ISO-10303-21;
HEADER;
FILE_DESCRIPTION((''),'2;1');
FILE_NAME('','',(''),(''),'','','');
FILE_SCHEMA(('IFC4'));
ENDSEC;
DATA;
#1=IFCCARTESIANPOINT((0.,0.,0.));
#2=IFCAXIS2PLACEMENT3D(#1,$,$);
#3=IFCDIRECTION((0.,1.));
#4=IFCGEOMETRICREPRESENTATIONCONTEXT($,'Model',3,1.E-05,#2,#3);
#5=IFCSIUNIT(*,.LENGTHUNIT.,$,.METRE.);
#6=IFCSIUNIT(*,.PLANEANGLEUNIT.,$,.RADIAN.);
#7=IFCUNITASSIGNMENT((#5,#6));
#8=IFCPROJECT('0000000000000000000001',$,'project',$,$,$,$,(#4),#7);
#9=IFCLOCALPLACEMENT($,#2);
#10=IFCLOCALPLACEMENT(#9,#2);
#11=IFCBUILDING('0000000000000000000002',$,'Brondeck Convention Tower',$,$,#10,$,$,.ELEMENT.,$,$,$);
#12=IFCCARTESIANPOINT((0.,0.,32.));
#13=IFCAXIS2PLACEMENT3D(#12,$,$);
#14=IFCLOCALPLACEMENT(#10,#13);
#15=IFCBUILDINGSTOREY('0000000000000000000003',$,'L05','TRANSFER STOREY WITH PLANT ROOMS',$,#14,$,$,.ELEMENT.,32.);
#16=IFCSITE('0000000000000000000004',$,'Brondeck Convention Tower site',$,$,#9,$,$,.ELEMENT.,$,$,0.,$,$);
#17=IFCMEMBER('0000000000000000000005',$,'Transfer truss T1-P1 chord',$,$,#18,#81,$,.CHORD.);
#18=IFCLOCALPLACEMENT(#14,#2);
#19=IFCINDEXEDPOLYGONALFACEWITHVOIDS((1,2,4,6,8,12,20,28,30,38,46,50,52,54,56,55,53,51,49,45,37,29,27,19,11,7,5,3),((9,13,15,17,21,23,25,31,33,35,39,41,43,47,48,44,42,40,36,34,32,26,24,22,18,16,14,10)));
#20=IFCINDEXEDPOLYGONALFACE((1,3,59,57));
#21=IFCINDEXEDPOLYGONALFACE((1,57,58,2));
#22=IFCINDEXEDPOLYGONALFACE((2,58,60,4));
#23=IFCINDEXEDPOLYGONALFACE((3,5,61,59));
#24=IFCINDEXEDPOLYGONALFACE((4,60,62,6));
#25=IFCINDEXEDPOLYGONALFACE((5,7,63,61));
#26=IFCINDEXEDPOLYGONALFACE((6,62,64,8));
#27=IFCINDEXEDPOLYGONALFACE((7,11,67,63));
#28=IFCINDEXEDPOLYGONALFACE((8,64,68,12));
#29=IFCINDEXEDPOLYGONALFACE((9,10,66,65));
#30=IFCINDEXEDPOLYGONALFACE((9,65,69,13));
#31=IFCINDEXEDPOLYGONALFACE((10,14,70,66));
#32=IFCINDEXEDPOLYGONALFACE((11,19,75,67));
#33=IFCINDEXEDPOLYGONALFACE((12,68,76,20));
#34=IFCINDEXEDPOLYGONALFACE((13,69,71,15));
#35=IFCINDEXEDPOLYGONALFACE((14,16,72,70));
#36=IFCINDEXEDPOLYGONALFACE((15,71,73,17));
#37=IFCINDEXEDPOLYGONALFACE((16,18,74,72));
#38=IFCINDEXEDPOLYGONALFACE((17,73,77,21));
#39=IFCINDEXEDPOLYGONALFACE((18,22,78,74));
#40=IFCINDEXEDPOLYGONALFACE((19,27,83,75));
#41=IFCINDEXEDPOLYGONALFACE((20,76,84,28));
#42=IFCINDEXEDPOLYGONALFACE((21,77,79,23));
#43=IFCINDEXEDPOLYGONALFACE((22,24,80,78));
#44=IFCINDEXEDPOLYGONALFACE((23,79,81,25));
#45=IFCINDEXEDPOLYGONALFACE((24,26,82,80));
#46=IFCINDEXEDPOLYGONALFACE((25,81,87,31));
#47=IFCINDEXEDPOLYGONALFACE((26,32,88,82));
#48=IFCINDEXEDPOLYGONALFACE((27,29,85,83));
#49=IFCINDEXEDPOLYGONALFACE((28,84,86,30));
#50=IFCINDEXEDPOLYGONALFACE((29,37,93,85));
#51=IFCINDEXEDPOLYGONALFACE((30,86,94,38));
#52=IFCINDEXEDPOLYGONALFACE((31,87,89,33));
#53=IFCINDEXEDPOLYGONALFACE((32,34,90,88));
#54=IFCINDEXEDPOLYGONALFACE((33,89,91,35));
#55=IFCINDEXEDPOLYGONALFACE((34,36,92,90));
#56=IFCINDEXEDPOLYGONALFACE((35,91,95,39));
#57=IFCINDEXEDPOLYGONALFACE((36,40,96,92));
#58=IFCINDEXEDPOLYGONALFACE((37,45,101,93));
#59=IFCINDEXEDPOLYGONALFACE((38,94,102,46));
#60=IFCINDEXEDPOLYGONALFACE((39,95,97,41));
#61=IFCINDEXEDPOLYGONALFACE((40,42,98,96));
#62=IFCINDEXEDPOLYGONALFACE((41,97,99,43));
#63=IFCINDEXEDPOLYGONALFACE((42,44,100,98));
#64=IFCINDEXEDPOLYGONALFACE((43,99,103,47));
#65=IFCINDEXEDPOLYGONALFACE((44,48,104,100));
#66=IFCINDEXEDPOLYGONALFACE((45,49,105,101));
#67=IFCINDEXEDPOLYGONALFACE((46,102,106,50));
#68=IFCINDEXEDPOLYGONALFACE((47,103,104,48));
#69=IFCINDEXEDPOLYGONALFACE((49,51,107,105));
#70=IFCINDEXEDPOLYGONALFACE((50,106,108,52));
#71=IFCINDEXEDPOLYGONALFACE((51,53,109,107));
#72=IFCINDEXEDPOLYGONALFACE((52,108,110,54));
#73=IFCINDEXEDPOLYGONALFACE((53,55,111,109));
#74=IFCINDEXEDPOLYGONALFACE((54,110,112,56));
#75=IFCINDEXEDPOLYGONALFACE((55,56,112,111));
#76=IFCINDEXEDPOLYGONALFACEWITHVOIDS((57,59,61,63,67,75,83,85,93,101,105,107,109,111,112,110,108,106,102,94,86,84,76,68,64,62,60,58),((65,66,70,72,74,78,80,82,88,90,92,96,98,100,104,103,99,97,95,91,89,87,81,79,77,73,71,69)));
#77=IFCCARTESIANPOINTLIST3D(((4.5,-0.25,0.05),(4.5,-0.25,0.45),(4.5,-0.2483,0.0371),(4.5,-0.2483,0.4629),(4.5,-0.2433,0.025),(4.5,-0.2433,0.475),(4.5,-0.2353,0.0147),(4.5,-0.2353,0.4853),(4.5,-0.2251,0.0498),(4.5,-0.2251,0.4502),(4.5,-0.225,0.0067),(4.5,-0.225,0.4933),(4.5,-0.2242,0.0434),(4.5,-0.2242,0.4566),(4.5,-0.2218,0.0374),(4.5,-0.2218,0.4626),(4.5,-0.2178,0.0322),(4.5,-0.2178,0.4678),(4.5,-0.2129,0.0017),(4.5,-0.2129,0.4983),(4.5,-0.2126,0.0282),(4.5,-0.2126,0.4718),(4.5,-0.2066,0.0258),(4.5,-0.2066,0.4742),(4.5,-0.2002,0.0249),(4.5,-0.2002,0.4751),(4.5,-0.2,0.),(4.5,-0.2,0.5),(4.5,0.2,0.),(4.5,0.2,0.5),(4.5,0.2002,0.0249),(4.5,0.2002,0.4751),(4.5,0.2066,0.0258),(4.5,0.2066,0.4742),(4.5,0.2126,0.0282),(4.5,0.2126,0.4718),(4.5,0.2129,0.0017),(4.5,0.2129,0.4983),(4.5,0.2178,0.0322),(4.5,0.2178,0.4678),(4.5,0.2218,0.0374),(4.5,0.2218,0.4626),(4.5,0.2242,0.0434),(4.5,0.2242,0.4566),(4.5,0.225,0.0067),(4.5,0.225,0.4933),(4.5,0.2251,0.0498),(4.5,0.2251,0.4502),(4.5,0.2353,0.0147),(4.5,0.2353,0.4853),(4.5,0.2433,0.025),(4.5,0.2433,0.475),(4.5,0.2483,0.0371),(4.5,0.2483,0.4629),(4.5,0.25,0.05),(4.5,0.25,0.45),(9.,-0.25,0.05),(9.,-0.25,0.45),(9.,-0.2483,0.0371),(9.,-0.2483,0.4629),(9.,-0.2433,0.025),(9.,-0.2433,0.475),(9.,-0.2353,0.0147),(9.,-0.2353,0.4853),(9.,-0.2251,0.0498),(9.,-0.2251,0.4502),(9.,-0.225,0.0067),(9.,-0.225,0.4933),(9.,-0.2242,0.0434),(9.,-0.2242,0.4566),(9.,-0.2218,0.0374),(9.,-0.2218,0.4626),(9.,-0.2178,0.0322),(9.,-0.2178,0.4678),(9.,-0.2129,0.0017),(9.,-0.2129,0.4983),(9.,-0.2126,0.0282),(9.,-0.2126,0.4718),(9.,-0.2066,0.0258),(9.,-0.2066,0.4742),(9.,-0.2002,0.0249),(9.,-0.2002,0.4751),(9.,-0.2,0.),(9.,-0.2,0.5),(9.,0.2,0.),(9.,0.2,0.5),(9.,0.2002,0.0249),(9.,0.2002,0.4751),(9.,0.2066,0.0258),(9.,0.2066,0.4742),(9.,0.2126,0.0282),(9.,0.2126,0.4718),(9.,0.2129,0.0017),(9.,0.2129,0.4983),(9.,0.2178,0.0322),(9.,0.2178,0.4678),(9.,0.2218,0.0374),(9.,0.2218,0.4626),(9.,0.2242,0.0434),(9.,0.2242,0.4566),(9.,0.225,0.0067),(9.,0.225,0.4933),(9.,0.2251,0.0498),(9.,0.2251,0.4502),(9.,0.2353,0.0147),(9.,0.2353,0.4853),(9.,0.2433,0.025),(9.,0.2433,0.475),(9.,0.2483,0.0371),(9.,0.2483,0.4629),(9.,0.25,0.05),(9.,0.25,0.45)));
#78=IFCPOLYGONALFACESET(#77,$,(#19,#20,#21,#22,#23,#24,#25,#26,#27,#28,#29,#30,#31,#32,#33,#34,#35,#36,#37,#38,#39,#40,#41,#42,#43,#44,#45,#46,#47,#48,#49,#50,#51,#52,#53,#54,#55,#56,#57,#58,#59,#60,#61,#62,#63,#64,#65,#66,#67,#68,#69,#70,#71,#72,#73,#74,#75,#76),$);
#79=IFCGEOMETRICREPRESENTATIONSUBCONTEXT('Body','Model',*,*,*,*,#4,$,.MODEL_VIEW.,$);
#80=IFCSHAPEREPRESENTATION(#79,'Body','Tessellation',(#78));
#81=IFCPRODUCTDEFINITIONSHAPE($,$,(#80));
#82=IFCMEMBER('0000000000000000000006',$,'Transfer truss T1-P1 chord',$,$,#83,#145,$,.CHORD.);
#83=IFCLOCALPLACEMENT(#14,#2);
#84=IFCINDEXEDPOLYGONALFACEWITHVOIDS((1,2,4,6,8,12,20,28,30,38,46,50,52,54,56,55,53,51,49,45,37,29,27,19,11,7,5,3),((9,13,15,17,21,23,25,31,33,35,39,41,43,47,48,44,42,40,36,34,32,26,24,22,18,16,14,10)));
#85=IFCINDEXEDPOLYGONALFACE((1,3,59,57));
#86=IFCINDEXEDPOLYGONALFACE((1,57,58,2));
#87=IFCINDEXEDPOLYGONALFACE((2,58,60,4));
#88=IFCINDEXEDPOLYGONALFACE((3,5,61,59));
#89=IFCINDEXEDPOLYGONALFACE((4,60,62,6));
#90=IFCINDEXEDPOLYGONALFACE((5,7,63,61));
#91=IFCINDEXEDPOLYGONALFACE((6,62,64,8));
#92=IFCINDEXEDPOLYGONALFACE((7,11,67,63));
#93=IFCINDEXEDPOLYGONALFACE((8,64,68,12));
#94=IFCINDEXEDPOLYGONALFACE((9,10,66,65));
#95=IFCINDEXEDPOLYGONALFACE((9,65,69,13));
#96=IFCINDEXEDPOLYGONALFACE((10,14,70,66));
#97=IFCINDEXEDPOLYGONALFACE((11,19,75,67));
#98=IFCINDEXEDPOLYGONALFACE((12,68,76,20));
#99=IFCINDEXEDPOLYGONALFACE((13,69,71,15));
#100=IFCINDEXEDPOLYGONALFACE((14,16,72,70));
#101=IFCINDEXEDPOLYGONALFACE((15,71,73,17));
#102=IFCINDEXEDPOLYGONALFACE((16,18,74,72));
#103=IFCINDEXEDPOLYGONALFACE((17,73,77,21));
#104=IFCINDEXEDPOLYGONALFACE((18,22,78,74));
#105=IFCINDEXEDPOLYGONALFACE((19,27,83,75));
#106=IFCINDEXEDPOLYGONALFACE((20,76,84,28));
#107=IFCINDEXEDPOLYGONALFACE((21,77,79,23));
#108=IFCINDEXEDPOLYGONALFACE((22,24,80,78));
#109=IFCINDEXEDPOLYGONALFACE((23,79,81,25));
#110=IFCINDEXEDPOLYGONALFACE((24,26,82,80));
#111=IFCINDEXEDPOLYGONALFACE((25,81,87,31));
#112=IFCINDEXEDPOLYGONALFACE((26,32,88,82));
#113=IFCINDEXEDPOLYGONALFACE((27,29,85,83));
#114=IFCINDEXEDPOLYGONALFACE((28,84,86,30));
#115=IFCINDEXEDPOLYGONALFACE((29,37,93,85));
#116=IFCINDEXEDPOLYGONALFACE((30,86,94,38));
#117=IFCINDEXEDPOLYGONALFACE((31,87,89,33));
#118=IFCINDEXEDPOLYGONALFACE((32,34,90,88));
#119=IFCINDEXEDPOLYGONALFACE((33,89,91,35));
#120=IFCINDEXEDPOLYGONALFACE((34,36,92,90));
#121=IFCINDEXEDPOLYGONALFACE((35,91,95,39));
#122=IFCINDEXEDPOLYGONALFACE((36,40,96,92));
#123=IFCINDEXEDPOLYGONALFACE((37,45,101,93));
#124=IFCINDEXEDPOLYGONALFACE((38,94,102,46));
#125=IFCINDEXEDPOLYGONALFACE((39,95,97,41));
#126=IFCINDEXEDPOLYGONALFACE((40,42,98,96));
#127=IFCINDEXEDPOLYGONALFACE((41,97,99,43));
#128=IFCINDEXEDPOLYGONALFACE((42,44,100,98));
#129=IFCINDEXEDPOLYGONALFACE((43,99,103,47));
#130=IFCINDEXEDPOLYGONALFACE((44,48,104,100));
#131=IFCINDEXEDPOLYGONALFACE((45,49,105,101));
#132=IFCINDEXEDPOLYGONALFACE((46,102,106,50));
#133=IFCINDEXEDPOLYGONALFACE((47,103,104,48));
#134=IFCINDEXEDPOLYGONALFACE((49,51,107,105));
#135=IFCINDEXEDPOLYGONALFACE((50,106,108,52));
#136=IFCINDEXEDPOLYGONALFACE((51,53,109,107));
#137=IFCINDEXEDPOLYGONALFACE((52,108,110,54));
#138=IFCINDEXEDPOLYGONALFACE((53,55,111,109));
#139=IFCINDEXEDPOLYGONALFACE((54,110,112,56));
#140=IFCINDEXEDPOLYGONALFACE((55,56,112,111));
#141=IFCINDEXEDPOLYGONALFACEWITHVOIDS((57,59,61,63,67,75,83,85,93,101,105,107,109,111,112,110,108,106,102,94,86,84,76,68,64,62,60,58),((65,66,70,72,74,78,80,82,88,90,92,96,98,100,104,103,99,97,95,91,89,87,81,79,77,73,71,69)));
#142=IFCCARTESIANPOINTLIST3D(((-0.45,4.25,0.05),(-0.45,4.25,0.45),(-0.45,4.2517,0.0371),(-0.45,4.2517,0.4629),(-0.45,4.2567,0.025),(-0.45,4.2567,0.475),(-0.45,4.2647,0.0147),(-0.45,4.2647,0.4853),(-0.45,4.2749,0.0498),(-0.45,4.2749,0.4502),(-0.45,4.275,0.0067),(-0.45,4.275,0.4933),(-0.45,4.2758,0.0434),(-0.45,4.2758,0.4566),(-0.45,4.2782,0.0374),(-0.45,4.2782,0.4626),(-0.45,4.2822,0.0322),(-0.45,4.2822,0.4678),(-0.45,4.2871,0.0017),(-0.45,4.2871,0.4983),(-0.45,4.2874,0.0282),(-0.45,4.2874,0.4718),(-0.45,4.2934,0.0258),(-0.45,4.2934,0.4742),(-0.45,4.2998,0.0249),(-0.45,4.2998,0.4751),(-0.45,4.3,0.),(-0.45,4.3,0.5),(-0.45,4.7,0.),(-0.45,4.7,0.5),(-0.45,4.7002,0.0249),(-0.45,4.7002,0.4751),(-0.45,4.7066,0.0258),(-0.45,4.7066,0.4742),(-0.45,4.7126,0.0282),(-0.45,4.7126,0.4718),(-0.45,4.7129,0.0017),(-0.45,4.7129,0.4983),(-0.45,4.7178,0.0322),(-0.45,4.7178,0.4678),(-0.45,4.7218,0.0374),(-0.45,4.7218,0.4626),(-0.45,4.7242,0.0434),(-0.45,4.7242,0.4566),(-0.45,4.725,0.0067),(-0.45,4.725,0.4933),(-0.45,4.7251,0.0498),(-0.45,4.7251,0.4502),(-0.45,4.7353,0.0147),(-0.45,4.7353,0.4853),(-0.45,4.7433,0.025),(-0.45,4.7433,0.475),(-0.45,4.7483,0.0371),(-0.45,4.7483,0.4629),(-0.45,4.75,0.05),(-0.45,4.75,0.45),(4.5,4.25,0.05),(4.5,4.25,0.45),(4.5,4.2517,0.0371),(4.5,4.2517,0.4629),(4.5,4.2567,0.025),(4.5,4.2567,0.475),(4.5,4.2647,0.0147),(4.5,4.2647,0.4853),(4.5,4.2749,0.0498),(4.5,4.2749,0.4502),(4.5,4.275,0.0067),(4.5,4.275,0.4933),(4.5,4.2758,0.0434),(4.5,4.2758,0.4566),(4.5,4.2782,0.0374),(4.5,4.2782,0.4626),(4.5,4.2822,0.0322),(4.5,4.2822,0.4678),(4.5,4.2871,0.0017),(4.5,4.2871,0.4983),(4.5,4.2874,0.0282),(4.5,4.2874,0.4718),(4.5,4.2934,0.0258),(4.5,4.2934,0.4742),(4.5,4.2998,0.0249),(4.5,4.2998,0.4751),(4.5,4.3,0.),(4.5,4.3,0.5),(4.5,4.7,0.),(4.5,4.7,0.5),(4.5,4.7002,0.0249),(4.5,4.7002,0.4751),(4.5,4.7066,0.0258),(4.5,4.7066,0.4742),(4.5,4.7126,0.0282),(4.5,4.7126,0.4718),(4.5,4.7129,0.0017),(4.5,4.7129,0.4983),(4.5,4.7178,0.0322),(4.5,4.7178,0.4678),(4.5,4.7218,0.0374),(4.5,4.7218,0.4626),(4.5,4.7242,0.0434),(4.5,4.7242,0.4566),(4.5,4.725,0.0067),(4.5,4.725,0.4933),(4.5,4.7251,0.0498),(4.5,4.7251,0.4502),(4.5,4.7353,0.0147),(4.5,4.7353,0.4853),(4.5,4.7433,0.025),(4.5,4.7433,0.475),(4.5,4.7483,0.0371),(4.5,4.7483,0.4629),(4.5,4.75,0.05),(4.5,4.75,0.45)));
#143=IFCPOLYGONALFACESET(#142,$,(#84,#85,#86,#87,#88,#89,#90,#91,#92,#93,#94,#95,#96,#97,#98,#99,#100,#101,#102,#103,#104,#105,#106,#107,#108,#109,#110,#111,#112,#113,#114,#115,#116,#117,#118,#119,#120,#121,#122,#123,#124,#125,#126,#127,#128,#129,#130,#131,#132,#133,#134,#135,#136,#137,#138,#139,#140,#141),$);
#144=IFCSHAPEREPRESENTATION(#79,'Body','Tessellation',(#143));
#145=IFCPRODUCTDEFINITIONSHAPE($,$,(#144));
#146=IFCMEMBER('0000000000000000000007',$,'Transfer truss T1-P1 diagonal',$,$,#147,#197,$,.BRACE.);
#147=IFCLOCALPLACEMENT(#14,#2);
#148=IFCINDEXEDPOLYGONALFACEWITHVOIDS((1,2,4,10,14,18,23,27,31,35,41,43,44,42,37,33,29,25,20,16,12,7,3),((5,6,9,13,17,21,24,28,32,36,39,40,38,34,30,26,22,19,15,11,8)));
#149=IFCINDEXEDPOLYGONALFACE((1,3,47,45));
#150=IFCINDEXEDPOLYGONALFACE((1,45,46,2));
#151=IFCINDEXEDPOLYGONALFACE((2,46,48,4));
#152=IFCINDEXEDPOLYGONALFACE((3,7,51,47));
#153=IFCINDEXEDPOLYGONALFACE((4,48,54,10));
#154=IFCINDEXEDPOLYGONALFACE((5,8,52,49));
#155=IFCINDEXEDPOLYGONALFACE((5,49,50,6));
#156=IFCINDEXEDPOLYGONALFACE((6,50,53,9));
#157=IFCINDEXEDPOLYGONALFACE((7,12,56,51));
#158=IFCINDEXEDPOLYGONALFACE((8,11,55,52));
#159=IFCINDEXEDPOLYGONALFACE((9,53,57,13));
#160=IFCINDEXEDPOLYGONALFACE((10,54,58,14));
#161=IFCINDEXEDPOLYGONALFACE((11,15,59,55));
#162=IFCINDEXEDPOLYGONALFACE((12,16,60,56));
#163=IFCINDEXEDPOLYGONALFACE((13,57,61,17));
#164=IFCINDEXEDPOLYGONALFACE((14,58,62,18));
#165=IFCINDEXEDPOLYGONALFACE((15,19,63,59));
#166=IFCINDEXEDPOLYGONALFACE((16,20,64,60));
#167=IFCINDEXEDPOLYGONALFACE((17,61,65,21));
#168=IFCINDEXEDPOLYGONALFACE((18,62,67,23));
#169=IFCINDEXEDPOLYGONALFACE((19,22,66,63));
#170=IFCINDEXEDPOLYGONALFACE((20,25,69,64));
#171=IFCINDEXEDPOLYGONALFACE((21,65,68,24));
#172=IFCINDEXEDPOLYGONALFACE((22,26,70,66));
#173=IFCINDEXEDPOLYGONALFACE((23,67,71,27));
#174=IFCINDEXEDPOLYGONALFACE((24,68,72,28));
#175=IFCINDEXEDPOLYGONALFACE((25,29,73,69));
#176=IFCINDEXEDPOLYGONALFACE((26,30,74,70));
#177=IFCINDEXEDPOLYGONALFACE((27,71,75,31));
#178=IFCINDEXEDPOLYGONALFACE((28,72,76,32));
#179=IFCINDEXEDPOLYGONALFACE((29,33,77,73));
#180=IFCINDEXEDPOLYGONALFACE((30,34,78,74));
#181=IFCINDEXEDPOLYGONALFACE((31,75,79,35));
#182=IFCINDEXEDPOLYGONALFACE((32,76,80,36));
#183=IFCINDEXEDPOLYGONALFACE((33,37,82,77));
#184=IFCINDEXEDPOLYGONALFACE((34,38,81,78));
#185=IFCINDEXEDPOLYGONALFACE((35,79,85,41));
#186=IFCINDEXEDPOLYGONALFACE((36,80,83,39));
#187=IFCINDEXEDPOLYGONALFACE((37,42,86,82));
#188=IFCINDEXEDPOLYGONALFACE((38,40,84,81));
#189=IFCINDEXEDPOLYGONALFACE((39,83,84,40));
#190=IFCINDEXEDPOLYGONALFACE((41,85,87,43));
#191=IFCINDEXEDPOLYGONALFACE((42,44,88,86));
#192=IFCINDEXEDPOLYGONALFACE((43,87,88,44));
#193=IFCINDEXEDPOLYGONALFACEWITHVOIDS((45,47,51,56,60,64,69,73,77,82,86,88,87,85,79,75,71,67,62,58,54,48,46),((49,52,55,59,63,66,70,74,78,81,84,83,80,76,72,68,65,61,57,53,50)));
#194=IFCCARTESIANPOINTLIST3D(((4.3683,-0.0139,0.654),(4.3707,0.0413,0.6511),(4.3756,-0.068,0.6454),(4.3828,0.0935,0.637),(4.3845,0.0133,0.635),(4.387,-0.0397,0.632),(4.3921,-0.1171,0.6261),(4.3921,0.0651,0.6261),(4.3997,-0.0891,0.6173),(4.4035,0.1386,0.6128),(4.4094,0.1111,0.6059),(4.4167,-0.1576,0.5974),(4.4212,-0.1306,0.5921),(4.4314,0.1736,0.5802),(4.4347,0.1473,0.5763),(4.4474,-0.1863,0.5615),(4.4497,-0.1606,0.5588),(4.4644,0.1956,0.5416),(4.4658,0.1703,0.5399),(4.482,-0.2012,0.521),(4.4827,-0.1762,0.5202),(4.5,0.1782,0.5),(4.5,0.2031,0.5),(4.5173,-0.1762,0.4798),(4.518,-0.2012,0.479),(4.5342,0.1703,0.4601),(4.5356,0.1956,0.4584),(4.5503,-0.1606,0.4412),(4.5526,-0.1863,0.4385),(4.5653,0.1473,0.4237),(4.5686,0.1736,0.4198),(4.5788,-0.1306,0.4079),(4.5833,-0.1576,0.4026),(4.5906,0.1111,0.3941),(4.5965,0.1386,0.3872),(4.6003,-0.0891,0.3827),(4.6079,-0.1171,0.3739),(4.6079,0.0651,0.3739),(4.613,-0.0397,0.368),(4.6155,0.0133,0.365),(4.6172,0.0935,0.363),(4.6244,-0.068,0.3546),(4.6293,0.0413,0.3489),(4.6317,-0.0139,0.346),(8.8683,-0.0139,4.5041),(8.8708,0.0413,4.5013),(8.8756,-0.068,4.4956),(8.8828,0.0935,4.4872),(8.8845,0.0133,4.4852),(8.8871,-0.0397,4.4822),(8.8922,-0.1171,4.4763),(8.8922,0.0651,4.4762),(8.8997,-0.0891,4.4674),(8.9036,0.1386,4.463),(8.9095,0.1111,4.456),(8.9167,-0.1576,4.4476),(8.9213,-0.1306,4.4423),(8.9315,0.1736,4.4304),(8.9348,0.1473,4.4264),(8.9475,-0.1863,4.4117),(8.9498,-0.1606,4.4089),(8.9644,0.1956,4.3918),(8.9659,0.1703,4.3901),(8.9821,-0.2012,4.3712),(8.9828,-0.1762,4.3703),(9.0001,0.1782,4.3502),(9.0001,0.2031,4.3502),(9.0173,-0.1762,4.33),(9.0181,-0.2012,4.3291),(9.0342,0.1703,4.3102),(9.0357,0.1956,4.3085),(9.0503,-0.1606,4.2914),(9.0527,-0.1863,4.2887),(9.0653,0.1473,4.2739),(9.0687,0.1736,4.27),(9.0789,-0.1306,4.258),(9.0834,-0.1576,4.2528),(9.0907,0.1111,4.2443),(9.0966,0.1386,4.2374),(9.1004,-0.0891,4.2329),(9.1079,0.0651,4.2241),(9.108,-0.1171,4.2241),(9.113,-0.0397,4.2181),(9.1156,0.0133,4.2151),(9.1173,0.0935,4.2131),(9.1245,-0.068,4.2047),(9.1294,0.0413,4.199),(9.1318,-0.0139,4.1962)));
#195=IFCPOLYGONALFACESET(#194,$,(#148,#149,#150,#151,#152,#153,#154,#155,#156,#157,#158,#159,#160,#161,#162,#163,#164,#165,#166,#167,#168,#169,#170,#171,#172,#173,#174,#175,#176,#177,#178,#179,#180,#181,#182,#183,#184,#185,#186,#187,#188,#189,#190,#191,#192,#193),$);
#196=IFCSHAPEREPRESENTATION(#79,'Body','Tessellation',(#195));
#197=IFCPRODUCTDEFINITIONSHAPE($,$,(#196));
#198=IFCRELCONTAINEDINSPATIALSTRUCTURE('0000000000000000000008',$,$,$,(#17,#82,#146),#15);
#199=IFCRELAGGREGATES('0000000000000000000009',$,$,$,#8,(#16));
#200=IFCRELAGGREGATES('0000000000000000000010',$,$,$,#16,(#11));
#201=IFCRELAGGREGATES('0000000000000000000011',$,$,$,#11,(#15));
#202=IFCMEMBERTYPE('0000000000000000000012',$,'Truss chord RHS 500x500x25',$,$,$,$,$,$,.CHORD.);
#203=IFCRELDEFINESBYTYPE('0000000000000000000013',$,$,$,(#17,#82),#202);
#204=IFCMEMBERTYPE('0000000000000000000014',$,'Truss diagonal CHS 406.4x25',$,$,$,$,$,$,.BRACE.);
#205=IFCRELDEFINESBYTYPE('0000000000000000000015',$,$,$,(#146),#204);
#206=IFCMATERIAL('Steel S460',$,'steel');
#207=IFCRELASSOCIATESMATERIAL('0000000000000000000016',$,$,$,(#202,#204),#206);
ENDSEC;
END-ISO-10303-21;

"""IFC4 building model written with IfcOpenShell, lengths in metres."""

from ifc_helpers import new_model, si_unit, direction, frame, origin, origin_2d, place, context, subcontext, project, spatial, hollow_rectangle, hollow_circle, extrude, material, material_profile, profile_set, type_object, element, save


model = new_model("IFC4")

# Units and contexts
model_context = context("Model", 3, precision=1e-05, world=origin(), true_north=direction((0.0, 1.0)))
body_context = subcontext(model_context, "Body", "Model", "MODEL_VIEW")
ifc_project = project(units=[si_unit("LENGTHUNIT", "METRE"), si_unit("PLANEANGLEUNIT", "RADIAN")], contexts=[model_context])

# Site, building, storey
site_placement = place(None, origin())
site = spatial("IfcSite", under=ifc_project, at=site_placement, Name="Brondeck Convention Tower site", CompositionType="ELEMENT", RefElevation=0.0)
building_placement = place(site_placement, origin())
building = spatial("IfcBuilding", under=site, at=building_placement, Name="Brondeck Convention Tower", CompositionType="ELEMENT")
storey_placement = place(building_placement, frame((0.0, 0.0, 32.0)))
storey = spatial("IfcBuildingStorey", under=building, at=storey_placement, Name="L05", Description="TRANSFER STOREY WITH PLANT ROOMS", CompositionType="ELEMENT", Elevation=32.0)

# Shared definitions
ifc_material_1 = material(Name="Steel S460", Category="steel")

# Members
ifc_material_profile_1 = material_profile(ifc_material_1, hollow_rectangle(XDim=0.5, YDim=0.5, WallThickness=0.0249, InnerFilletRadius=0.0249, OuterFilletRadius=0.05, at=origin_2d()), Name="RHS 500x500x25")
ifc_profile_set_1 = profile_set([ifc_material_profile_1], Name="Steel S460")
member_type_1 = type_object("IfcMemberType", Name="Truss chord RHS 500x500x25", PredefinedType="CHORD", material=ifc_profile_set_1)
member_1_placement = place(storey_placement, frame((4.5, 0.0, 0.25), z_axis=(1.0, 0.0, 0.0), x_axis=(0.0, 1.0, 0.0)))
element("IfcMember", 1, at=member_1_placement, inside=storey, type_object=member_type_1, Name="Transfer truss T1-P1 chord", PredefinedType="CHORD", context=body_context, shape_type="SweptSolid", body=[
    extrude(hollow_rectangle(XDim=0.5, YDim=0.5, WallThickness=0.0249, InnerFilletRadius=0.0249, OuterFilletRadius=0.05, at=origin_2d()), origin(), (0.0, 0.0, 1.0), 4.5),
])
member_2_placement = place(storey_placement, frame((-0.45, 4.5, 0.25), z_axis=(1.0, 0.0, 0.0), x_axis=(0.0, 1.0, 0.0)))
element("IfcMember", 2, at=member_2_placement, inside=storey, type_object=member_type_1, Name="Transfer truss T1-P1 chord", PredefinedType="CHORD", context=body_context, shape_type="SweptSolid", body=[
    extrude(hollow_rectangle(XDim=0.5, YDim=0.5, WallThickness=0.0249, InnerFilletRadius=0.0249, OuterFilletRadius=0.05, at=origin_2d()), origin(), (0.0, 0.0, 1.0), 4.95),
])
ifc_material_profile_2 = material_profile(ifc_material_1, hollow_circle(Radius=0.2031, WallThickness=0.0249, at=origin_2d()), Name="CHS 406.4x25")
ifc_profile_set_2 = profile_set([ifc_material_profile_2], Name="Steel S460")
member_type_2 = type_object("IfcMemberType", Name="Truss diagonal CHS 406.4x25", PredefinedType="BRACE", material=ifc_profile_set_2)
member_3_placement = place(storey_placement, frame((4.5, 0.0, 0.5), z_axis=(0.759844, 0.0, 0.650105), x_axis=(0.0, 1.0, 0.0)))
element("IfcMember", 3, at=member_3_placement, inside=storey, type_object=member_type_2, Name="Transfer truss T1-P1 diagonal", PredefinedType="BRACE", context=body_context, shape_type="SweptSolid", body=[
    extrude(hollow_circle(Radius=0.2031, WallThickness=0.0249, at=origin_2d()), origin(), (0.0, 0.0, 1.0), 5.9224),
])

save(model, "model.ifc")
